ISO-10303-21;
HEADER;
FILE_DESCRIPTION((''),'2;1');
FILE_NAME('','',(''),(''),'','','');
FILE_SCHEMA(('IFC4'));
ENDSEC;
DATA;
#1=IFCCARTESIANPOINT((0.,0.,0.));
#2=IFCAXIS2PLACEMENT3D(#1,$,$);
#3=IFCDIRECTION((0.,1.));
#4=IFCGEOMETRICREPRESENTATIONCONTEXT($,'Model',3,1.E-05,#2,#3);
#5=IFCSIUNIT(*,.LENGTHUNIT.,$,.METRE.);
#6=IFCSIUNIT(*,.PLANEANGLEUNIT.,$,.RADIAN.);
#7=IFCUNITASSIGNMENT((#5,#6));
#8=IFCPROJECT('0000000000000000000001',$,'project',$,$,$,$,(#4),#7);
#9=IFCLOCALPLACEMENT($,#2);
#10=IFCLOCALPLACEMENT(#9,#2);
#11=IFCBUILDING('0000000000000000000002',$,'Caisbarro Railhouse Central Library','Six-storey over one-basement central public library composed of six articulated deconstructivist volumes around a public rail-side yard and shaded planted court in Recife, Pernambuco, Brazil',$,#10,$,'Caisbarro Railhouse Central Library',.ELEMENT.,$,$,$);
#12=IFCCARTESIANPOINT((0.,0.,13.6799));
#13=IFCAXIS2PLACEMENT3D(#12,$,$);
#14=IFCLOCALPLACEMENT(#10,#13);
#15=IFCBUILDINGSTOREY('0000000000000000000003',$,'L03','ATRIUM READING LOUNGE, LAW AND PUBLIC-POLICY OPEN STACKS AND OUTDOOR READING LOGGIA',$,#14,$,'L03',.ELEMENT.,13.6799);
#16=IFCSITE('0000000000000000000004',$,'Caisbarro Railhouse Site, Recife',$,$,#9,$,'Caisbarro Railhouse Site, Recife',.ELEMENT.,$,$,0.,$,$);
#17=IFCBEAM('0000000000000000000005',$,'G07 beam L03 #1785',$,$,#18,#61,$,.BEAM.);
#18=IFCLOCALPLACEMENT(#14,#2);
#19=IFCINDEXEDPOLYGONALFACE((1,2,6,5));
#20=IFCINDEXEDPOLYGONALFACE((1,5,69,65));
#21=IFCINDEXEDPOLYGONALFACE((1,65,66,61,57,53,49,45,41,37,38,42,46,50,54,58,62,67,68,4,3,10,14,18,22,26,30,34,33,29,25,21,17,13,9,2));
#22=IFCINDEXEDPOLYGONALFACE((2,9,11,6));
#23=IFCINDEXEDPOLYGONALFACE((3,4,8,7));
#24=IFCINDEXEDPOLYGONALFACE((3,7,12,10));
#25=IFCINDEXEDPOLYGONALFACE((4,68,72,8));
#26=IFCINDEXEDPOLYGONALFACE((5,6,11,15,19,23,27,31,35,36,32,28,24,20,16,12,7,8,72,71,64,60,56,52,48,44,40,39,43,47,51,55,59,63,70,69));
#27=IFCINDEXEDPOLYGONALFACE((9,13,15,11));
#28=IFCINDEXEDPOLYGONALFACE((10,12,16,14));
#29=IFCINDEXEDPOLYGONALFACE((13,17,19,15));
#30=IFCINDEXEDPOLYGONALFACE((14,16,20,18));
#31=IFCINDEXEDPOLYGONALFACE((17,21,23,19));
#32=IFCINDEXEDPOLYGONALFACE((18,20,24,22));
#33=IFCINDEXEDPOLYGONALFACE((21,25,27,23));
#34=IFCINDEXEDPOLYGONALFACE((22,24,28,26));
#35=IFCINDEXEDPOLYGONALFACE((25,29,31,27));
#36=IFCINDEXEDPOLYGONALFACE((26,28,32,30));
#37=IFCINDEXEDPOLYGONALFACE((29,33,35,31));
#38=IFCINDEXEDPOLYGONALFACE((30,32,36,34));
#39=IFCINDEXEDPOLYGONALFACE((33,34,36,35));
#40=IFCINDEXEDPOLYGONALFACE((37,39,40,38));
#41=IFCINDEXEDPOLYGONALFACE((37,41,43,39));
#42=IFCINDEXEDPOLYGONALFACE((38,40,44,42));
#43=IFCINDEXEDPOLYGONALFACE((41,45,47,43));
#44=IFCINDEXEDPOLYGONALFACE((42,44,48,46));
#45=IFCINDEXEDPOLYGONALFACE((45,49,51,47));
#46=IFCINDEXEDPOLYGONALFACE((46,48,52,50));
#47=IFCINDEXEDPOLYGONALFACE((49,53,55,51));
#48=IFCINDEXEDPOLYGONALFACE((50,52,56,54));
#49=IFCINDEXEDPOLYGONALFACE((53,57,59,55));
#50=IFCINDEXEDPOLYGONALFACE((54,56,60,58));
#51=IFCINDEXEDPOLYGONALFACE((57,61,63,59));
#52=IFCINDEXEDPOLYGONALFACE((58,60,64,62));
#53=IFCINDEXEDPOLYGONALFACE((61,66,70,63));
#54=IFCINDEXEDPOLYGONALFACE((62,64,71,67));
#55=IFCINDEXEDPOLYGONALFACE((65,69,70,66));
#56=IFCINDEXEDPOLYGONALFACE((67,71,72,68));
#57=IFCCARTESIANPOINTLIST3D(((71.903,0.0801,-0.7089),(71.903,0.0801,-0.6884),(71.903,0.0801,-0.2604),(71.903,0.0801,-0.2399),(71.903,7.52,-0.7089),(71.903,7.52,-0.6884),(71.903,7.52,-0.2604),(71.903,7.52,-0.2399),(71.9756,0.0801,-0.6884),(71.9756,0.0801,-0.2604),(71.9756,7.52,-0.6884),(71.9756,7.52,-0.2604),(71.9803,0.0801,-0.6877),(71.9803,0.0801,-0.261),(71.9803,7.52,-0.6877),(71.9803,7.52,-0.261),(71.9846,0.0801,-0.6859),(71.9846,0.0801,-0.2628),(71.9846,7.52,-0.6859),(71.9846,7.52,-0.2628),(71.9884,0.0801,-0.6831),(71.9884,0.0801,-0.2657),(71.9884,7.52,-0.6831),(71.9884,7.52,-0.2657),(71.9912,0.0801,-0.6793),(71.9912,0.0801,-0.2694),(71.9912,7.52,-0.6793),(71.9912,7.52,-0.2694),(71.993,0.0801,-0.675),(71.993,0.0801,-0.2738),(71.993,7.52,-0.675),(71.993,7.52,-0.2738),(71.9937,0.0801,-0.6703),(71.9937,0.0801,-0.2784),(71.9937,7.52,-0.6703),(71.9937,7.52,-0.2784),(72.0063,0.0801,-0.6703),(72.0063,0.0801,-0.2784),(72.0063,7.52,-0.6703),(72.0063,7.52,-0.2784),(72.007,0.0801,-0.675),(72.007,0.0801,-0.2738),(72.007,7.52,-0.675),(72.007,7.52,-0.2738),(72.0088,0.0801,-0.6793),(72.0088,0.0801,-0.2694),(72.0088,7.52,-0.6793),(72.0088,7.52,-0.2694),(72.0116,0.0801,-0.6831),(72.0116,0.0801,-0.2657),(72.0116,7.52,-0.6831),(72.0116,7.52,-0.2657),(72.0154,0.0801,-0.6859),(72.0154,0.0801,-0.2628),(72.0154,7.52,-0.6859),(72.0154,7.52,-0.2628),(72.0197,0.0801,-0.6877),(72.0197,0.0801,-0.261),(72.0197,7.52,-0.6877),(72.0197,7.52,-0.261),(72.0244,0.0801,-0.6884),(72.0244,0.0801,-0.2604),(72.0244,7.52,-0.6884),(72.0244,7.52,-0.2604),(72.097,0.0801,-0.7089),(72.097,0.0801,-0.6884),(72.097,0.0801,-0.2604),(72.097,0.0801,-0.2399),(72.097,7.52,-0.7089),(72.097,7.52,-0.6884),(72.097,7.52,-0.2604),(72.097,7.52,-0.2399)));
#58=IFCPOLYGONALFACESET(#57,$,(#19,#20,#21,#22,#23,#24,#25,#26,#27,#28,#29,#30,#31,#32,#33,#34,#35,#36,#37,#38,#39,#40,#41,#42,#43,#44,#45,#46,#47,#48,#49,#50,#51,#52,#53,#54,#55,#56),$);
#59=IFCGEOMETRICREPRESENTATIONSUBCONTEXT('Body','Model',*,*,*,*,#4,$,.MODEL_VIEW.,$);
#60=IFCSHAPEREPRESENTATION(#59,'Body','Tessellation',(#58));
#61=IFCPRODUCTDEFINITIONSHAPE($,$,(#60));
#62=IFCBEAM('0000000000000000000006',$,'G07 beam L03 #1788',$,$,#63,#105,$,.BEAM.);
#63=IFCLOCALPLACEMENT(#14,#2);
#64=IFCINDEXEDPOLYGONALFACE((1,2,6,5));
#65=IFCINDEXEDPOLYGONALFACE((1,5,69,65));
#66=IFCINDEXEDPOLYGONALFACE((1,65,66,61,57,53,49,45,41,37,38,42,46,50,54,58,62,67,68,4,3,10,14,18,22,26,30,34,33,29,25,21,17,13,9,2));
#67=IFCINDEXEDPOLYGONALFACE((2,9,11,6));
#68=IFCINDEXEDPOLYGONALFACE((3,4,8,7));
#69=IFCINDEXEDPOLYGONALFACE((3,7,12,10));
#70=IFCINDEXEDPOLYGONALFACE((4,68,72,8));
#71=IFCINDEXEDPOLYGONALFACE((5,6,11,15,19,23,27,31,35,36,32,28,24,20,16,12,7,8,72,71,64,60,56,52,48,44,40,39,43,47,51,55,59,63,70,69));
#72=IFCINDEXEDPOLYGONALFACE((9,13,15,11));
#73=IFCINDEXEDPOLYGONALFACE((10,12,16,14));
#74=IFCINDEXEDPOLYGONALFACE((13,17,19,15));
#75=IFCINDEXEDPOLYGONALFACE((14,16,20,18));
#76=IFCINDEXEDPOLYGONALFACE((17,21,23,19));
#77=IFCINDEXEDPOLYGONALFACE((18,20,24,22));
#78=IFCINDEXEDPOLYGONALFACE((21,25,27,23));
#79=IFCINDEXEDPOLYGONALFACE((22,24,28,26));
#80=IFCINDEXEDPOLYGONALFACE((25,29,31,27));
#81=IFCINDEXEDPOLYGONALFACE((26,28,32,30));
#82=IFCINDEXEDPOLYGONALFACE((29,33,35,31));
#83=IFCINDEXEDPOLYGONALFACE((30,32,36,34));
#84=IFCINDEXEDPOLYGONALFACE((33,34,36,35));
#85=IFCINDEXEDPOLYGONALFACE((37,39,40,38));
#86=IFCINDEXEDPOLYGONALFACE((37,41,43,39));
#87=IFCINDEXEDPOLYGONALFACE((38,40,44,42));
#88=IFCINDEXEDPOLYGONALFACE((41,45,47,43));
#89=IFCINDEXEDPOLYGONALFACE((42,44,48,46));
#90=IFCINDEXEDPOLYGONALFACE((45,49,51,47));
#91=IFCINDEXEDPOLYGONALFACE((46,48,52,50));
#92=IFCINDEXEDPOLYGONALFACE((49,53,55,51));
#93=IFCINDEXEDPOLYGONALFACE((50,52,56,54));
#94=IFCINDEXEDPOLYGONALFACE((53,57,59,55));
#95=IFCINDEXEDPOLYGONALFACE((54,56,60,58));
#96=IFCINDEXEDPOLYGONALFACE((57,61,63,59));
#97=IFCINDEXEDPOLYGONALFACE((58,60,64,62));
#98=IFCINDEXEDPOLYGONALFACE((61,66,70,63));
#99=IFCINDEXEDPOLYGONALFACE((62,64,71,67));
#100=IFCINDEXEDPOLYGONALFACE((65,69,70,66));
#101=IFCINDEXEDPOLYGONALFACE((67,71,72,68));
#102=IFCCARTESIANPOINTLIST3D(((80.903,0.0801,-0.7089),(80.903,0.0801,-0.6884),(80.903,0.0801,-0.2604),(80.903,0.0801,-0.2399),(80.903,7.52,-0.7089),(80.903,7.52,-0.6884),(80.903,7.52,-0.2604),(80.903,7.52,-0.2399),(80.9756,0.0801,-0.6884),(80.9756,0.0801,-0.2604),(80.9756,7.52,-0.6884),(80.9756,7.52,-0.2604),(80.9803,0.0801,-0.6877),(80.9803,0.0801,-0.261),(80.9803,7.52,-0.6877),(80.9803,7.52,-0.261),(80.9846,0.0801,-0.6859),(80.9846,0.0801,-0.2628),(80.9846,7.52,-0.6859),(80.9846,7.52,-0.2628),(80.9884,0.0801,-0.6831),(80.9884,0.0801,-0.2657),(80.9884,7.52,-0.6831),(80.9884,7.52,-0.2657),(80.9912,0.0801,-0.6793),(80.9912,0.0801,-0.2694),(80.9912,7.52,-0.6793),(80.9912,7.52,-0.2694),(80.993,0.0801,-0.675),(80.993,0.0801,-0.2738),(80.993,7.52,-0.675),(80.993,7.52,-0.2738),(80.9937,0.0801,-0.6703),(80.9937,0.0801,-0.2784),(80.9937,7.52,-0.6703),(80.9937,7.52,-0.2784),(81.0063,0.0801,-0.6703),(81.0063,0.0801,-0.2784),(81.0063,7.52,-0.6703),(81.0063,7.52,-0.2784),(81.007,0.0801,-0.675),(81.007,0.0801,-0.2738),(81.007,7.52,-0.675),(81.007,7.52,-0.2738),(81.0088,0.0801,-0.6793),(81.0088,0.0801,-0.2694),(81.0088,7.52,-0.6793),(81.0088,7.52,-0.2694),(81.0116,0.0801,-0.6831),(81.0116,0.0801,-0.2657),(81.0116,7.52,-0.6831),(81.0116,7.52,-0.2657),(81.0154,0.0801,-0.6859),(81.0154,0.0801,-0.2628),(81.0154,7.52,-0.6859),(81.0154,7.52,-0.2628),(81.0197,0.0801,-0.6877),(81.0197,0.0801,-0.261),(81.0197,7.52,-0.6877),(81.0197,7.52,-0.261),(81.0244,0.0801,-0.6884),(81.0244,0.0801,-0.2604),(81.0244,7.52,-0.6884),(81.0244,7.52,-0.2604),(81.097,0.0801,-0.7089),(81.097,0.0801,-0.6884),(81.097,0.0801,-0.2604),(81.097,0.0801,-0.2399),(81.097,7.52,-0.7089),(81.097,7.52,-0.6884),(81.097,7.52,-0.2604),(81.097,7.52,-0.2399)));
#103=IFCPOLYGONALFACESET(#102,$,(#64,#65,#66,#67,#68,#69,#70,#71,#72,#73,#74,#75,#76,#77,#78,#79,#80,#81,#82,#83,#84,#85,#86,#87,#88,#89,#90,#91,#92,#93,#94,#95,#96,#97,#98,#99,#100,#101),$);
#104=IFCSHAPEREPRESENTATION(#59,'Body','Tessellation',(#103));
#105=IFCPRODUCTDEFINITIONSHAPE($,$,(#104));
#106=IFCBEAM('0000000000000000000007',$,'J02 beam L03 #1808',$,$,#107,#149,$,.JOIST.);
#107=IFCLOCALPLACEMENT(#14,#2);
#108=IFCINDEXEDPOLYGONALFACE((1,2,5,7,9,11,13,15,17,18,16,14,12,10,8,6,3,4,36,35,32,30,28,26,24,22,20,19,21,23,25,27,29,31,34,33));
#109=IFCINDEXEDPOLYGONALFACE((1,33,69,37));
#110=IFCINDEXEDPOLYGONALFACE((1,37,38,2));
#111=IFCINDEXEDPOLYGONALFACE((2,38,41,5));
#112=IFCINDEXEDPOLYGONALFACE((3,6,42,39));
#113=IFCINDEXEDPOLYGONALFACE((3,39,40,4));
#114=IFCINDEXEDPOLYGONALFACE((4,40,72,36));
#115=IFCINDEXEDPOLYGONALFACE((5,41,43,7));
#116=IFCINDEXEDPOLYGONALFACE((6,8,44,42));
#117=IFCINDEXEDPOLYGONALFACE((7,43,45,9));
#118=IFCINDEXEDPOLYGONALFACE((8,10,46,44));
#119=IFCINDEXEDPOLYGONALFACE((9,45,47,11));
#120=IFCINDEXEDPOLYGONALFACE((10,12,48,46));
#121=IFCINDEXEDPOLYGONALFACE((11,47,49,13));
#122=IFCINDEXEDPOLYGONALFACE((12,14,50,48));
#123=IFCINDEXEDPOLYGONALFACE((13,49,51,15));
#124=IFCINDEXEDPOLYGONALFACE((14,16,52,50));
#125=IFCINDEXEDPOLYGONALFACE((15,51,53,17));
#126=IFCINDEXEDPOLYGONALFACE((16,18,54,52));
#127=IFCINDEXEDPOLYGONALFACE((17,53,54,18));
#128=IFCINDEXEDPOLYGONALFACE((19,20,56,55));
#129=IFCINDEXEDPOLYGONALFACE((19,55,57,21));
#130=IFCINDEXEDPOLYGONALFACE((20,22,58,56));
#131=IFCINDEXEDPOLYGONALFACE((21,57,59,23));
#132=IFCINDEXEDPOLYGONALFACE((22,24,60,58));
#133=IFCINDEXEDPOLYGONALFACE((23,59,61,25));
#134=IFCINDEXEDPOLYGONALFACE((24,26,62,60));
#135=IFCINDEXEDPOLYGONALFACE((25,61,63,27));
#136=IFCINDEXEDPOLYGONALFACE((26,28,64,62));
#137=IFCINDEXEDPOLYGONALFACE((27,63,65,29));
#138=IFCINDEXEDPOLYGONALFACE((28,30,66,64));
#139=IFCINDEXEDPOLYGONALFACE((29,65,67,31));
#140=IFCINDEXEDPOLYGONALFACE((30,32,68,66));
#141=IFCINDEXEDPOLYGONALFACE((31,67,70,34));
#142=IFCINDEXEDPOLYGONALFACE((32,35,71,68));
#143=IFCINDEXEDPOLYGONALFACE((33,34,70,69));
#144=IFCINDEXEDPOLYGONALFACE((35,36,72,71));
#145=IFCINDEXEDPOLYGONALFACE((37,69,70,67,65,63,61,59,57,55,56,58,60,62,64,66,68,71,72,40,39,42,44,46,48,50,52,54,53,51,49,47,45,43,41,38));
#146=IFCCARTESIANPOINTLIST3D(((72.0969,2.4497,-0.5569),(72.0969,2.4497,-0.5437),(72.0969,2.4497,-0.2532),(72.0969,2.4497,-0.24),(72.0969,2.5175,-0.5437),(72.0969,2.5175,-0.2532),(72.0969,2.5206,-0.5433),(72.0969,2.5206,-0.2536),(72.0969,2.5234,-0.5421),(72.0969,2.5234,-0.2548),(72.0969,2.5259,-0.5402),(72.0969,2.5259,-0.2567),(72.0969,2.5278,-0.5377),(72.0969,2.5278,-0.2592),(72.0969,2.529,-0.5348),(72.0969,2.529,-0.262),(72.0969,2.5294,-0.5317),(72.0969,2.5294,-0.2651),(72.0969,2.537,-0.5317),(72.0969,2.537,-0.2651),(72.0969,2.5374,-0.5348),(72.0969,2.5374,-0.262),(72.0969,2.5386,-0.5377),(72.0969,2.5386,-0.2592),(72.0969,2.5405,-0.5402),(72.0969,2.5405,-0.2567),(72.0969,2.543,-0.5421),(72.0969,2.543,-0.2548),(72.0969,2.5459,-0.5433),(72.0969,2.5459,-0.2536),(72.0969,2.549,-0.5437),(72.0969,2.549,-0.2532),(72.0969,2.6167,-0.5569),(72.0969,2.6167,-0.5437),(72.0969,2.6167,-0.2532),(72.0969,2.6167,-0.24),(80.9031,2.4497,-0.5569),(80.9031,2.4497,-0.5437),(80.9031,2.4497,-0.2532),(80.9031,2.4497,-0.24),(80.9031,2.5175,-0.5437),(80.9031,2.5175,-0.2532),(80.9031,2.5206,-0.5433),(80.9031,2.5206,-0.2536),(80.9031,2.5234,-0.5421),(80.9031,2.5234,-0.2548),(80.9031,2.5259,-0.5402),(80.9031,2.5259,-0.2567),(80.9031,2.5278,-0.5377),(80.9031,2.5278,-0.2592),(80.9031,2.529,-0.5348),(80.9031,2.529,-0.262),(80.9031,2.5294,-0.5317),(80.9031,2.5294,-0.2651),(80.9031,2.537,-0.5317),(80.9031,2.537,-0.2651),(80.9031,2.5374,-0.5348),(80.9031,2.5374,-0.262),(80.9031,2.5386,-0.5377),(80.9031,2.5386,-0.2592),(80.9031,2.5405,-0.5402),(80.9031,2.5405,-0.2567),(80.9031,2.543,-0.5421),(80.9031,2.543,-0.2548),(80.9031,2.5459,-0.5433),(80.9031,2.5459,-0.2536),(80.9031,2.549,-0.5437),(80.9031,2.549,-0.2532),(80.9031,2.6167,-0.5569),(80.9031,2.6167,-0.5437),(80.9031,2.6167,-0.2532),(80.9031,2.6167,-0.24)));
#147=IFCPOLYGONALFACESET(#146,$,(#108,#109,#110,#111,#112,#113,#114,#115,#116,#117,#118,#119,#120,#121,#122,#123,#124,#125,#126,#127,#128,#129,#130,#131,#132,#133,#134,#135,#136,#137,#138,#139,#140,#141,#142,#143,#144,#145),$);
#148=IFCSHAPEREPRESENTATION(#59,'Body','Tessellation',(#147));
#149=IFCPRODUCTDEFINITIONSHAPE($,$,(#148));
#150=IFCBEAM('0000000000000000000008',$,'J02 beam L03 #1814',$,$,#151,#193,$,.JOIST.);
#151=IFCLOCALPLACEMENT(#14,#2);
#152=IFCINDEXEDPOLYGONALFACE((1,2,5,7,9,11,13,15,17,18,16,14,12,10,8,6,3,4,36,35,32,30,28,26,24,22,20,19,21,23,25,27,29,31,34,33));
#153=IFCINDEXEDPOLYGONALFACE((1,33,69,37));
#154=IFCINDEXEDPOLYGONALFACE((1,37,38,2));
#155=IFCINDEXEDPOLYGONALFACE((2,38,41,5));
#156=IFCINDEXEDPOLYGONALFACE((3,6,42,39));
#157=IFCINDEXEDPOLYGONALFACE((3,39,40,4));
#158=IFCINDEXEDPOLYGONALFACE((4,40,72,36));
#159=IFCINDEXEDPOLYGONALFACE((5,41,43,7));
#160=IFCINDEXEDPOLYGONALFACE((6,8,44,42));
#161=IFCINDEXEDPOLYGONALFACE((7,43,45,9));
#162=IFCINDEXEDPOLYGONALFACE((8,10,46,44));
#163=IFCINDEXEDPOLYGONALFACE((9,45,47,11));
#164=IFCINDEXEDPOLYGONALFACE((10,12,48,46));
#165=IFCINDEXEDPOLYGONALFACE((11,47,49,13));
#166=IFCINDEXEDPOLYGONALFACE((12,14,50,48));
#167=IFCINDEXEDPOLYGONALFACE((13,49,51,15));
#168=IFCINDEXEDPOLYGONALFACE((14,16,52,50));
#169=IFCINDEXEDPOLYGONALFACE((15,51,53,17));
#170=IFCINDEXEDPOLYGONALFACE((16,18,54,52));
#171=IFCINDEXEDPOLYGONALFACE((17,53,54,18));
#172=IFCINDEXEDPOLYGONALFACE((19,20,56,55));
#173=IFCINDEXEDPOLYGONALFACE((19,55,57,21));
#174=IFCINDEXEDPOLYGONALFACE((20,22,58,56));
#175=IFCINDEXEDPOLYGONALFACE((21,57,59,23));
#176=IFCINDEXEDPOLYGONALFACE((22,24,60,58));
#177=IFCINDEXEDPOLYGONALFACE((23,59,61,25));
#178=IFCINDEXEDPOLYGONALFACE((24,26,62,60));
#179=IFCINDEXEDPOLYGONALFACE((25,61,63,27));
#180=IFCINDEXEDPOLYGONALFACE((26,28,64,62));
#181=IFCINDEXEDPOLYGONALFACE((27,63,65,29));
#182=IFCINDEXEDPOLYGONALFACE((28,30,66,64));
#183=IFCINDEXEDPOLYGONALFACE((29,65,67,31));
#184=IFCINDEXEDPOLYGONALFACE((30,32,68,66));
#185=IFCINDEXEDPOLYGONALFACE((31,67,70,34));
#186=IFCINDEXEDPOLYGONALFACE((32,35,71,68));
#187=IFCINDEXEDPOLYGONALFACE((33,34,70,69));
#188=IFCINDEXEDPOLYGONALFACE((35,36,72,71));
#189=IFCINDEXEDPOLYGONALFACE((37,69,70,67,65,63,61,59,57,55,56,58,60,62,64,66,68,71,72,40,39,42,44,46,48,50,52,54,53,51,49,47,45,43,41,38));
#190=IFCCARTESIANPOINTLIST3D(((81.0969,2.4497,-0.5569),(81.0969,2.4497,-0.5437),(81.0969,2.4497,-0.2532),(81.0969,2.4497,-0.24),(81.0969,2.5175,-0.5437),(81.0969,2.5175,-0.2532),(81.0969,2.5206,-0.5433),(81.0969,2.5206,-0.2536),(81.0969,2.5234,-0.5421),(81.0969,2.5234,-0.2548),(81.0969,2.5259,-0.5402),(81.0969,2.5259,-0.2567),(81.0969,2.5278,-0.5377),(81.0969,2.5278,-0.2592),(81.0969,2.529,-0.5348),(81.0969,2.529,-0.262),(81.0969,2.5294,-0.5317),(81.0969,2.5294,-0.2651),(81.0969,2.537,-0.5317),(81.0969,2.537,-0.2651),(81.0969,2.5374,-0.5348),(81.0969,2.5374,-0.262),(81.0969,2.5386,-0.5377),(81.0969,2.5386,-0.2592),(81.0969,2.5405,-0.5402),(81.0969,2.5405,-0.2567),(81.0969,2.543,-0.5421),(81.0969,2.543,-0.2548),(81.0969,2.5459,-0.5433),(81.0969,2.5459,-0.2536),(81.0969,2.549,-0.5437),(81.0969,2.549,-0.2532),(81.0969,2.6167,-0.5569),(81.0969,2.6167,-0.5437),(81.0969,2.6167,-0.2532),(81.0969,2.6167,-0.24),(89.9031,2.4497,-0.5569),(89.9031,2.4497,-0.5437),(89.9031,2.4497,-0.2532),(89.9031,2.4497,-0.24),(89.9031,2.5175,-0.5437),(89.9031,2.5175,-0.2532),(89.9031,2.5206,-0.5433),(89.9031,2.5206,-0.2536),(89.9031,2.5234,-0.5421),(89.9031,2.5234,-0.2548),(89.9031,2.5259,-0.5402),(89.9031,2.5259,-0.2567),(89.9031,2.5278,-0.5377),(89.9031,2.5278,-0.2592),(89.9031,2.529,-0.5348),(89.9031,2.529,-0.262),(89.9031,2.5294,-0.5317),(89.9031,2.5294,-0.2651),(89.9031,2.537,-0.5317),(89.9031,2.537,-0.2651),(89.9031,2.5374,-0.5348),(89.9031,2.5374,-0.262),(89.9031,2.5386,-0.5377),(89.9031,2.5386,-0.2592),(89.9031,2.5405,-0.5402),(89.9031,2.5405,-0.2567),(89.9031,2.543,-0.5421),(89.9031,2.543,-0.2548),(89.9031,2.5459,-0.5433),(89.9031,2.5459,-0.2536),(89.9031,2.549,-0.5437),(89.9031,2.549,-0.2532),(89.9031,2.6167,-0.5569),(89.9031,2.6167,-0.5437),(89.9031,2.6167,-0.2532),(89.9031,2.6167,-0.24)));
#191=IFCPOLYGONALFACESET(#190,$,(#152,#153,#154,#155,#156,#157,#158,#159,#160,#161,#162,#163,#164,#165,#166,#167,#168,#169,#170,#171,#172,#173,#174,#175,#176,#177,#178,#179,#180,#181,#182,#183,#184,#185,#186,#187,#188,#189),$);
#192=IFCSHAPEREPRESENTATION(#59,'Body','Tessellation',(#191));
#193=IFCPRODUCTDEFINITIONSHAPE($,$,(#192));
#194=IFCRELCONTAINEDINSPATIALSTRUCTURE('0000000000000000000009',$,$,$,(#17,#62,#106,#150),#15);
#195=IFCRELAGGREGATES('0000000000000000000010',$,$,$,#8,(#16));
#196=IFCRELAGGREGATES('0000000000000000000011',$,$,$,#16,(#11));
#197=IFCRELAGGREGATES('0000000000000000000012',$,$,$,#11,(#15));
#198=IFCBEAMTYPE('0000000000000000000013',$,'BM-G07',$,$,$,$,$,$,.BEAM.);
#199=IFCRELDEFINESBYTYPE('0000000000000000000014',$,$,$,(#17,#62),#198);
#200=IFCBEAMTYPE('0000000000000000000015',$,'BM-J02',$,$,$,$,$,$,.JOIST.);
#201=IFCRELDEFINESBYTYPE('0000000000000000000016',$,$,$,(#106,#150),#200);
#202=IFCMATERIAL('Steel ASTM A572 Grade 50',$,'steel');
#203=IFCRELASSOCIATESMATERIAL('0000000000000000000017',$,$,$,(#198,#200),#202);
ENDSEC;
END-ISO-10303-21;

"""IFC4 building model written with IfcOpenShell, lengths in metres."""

from ifc_helpers import new_model, si_unit, direction, frame, origin, origin_2d, place, context, subcontext, project, spatial, i_section, extrude, material, material_profile, profile_set, type_object, element, save


model = new_model("IFC4")

# Units and contexts
model_context = context("Model", 3, precision=1e-05, world=origin(), true_north=direction((0.0, 1.0)))
body_context = subcontext(model_context, "Body", "Model", "MODEL_VIEW")
ifc_project = project(units=[si_unit("LENGTHUNIT", "METRE"), si_unit("PLANEANGLEUNIT", "RADIAN")], contexts=[model_context])

# Site, building, storey
site_placement = place(None, origin())
site = spatial("IfcSite", under=ifc_project, at=site_placement, Name="Caisbarro Railhouse Site, Recife", LongName="Caisbarro Railhouse Site, Recife", CompositionType="ELEMENT", RefElevation=0.0)
building_placement = place(site_placement, origin())
building = spatial("IfcBuilding", under=site, at=building_placement, Name="Caisbarro Railhouse Central Library", Description="Six-storey over one-basement central public library composed of six articulated deconstructivist volumes around a public rail-side yard and shaded planted court in Recife, Pernambuco, Brazil", LongName="Caisbarro Railhouse Central Library", CompositionType="ELEMENT")
storey_placement = place(building_placement, frame((0.0, 0.0, 13.6799)))
storey = spatial("IfcBuildingStorey", under=building, at=storey_placement, Name="L03", Description="ATRIUM READING LOUNGE, LAW AND PUBLIC-POLICY OPEN STACKS AND OUTDOOR READING LOGGIA", LongName="L03", CompositionType="ELEMENT", Elevation=13.6799)

# Shared definitions
ifc_material_1 = material(Name="Steel ASTM A572 Grade 50", Category="steel")

# Beams
ifc_material_profile_1 = material_profile(ifc_material_1, i_section(OverallWidth=0.1941, OverallDepth=0.469, WebThickness=0.0127, FlangeThickness=0.0205, FilletRadius=0.0181, at=origin_2d()), Name="W460X106.0")
ifc_profile_set_1 = profile_set([ifc_material_profile_1], Name="Steel ASTM A572 Grade 50")
beam_type_1 = type_object("IfcBeamType", Name="BM-G07", PredefinedType="BEAM", material=ifc_profile_set_1)
for number, where, z_axis, x_axis, name in (
    (1, (72.0, 0.0801, -0.4744), (0.0, 1.0, 0.0), (-1.0, 0.0, 0.0), "G07 beam L03 #1785"),
    (2, (81.0, 0.0801, -0.4744), (0.0, 1.0, 0.0), (-1.0, 0.0, 0.0), "G07 beam L03 #1788"),
):
    element("IfcBeam", number, at=place(storey_placement, frame(where, z_axis=z_axis, x_axis=x_axis)), inside=storey, type_object=beam_type_1, Name=name, PredefinedType="BEAM", context=body_context, shape_type="SweptSolid", body=[
        extrude(i_section(OverallWidth=0.1941, OverallDepth=0.469, WebThickness=0.0127, FlangeThickness=0.0205, FilletRadius=0.0181, at=origin_2d()), origin(), (0.0, 0.0, 1.0), 7.4399),
    ])
ifc_material_profile_2 = material_profile(ifc_material_1, i_section(OverallWidth=0.167, OverallDepth=0.3169, WebThickness=0.0076, FlangeThickness=0.0132, FilletRadius=0.012, at=origin_2d()), Name="W310X52.0")
ifc_profile_set_2 = profile_set([ifc_material_profile_2], Name="Steel ASTM A572 Grade 50")
beam_type_2 = type_object("IfcBeamType", Name="BM-J02", PredefinedType="JOIST", material=ifc_profile_set_2)
for number, where, z_axis, x_axis, name in (
    (3, (72.0969, 2.5332, -0.3984), (1.0, 0.0, 0.0), (0.0, 1.0, 0.0), "J02 beam L03 #1808"),
    (4, (81.0969, 2.5332, -0.3984), (1.0, 0.0, 0.0), (0.0, 1.0, 0.0), "J02 beam L03 #1814"),
):
    element("IfcBeam", number, at=place(storey_placement, frame(where, z_axis=z_axis, x_axis=x_axis)), inside=storey, type_object=beam_type_2, Name=name, PredefinedType="JOIST", context=body_context, shape_type="SweptSolid", body=[
        extrude(i_section(OverallWidth=0.167, OverallDepth=0.3169, WebThickness=0.0076, FlangeThickness=0.0132, FilletRadius=0.012, at=origin_2d()), origin(), (0.0, 0.0, 1.0), 8.8062),
    ])

save(model, "model.ifc")
